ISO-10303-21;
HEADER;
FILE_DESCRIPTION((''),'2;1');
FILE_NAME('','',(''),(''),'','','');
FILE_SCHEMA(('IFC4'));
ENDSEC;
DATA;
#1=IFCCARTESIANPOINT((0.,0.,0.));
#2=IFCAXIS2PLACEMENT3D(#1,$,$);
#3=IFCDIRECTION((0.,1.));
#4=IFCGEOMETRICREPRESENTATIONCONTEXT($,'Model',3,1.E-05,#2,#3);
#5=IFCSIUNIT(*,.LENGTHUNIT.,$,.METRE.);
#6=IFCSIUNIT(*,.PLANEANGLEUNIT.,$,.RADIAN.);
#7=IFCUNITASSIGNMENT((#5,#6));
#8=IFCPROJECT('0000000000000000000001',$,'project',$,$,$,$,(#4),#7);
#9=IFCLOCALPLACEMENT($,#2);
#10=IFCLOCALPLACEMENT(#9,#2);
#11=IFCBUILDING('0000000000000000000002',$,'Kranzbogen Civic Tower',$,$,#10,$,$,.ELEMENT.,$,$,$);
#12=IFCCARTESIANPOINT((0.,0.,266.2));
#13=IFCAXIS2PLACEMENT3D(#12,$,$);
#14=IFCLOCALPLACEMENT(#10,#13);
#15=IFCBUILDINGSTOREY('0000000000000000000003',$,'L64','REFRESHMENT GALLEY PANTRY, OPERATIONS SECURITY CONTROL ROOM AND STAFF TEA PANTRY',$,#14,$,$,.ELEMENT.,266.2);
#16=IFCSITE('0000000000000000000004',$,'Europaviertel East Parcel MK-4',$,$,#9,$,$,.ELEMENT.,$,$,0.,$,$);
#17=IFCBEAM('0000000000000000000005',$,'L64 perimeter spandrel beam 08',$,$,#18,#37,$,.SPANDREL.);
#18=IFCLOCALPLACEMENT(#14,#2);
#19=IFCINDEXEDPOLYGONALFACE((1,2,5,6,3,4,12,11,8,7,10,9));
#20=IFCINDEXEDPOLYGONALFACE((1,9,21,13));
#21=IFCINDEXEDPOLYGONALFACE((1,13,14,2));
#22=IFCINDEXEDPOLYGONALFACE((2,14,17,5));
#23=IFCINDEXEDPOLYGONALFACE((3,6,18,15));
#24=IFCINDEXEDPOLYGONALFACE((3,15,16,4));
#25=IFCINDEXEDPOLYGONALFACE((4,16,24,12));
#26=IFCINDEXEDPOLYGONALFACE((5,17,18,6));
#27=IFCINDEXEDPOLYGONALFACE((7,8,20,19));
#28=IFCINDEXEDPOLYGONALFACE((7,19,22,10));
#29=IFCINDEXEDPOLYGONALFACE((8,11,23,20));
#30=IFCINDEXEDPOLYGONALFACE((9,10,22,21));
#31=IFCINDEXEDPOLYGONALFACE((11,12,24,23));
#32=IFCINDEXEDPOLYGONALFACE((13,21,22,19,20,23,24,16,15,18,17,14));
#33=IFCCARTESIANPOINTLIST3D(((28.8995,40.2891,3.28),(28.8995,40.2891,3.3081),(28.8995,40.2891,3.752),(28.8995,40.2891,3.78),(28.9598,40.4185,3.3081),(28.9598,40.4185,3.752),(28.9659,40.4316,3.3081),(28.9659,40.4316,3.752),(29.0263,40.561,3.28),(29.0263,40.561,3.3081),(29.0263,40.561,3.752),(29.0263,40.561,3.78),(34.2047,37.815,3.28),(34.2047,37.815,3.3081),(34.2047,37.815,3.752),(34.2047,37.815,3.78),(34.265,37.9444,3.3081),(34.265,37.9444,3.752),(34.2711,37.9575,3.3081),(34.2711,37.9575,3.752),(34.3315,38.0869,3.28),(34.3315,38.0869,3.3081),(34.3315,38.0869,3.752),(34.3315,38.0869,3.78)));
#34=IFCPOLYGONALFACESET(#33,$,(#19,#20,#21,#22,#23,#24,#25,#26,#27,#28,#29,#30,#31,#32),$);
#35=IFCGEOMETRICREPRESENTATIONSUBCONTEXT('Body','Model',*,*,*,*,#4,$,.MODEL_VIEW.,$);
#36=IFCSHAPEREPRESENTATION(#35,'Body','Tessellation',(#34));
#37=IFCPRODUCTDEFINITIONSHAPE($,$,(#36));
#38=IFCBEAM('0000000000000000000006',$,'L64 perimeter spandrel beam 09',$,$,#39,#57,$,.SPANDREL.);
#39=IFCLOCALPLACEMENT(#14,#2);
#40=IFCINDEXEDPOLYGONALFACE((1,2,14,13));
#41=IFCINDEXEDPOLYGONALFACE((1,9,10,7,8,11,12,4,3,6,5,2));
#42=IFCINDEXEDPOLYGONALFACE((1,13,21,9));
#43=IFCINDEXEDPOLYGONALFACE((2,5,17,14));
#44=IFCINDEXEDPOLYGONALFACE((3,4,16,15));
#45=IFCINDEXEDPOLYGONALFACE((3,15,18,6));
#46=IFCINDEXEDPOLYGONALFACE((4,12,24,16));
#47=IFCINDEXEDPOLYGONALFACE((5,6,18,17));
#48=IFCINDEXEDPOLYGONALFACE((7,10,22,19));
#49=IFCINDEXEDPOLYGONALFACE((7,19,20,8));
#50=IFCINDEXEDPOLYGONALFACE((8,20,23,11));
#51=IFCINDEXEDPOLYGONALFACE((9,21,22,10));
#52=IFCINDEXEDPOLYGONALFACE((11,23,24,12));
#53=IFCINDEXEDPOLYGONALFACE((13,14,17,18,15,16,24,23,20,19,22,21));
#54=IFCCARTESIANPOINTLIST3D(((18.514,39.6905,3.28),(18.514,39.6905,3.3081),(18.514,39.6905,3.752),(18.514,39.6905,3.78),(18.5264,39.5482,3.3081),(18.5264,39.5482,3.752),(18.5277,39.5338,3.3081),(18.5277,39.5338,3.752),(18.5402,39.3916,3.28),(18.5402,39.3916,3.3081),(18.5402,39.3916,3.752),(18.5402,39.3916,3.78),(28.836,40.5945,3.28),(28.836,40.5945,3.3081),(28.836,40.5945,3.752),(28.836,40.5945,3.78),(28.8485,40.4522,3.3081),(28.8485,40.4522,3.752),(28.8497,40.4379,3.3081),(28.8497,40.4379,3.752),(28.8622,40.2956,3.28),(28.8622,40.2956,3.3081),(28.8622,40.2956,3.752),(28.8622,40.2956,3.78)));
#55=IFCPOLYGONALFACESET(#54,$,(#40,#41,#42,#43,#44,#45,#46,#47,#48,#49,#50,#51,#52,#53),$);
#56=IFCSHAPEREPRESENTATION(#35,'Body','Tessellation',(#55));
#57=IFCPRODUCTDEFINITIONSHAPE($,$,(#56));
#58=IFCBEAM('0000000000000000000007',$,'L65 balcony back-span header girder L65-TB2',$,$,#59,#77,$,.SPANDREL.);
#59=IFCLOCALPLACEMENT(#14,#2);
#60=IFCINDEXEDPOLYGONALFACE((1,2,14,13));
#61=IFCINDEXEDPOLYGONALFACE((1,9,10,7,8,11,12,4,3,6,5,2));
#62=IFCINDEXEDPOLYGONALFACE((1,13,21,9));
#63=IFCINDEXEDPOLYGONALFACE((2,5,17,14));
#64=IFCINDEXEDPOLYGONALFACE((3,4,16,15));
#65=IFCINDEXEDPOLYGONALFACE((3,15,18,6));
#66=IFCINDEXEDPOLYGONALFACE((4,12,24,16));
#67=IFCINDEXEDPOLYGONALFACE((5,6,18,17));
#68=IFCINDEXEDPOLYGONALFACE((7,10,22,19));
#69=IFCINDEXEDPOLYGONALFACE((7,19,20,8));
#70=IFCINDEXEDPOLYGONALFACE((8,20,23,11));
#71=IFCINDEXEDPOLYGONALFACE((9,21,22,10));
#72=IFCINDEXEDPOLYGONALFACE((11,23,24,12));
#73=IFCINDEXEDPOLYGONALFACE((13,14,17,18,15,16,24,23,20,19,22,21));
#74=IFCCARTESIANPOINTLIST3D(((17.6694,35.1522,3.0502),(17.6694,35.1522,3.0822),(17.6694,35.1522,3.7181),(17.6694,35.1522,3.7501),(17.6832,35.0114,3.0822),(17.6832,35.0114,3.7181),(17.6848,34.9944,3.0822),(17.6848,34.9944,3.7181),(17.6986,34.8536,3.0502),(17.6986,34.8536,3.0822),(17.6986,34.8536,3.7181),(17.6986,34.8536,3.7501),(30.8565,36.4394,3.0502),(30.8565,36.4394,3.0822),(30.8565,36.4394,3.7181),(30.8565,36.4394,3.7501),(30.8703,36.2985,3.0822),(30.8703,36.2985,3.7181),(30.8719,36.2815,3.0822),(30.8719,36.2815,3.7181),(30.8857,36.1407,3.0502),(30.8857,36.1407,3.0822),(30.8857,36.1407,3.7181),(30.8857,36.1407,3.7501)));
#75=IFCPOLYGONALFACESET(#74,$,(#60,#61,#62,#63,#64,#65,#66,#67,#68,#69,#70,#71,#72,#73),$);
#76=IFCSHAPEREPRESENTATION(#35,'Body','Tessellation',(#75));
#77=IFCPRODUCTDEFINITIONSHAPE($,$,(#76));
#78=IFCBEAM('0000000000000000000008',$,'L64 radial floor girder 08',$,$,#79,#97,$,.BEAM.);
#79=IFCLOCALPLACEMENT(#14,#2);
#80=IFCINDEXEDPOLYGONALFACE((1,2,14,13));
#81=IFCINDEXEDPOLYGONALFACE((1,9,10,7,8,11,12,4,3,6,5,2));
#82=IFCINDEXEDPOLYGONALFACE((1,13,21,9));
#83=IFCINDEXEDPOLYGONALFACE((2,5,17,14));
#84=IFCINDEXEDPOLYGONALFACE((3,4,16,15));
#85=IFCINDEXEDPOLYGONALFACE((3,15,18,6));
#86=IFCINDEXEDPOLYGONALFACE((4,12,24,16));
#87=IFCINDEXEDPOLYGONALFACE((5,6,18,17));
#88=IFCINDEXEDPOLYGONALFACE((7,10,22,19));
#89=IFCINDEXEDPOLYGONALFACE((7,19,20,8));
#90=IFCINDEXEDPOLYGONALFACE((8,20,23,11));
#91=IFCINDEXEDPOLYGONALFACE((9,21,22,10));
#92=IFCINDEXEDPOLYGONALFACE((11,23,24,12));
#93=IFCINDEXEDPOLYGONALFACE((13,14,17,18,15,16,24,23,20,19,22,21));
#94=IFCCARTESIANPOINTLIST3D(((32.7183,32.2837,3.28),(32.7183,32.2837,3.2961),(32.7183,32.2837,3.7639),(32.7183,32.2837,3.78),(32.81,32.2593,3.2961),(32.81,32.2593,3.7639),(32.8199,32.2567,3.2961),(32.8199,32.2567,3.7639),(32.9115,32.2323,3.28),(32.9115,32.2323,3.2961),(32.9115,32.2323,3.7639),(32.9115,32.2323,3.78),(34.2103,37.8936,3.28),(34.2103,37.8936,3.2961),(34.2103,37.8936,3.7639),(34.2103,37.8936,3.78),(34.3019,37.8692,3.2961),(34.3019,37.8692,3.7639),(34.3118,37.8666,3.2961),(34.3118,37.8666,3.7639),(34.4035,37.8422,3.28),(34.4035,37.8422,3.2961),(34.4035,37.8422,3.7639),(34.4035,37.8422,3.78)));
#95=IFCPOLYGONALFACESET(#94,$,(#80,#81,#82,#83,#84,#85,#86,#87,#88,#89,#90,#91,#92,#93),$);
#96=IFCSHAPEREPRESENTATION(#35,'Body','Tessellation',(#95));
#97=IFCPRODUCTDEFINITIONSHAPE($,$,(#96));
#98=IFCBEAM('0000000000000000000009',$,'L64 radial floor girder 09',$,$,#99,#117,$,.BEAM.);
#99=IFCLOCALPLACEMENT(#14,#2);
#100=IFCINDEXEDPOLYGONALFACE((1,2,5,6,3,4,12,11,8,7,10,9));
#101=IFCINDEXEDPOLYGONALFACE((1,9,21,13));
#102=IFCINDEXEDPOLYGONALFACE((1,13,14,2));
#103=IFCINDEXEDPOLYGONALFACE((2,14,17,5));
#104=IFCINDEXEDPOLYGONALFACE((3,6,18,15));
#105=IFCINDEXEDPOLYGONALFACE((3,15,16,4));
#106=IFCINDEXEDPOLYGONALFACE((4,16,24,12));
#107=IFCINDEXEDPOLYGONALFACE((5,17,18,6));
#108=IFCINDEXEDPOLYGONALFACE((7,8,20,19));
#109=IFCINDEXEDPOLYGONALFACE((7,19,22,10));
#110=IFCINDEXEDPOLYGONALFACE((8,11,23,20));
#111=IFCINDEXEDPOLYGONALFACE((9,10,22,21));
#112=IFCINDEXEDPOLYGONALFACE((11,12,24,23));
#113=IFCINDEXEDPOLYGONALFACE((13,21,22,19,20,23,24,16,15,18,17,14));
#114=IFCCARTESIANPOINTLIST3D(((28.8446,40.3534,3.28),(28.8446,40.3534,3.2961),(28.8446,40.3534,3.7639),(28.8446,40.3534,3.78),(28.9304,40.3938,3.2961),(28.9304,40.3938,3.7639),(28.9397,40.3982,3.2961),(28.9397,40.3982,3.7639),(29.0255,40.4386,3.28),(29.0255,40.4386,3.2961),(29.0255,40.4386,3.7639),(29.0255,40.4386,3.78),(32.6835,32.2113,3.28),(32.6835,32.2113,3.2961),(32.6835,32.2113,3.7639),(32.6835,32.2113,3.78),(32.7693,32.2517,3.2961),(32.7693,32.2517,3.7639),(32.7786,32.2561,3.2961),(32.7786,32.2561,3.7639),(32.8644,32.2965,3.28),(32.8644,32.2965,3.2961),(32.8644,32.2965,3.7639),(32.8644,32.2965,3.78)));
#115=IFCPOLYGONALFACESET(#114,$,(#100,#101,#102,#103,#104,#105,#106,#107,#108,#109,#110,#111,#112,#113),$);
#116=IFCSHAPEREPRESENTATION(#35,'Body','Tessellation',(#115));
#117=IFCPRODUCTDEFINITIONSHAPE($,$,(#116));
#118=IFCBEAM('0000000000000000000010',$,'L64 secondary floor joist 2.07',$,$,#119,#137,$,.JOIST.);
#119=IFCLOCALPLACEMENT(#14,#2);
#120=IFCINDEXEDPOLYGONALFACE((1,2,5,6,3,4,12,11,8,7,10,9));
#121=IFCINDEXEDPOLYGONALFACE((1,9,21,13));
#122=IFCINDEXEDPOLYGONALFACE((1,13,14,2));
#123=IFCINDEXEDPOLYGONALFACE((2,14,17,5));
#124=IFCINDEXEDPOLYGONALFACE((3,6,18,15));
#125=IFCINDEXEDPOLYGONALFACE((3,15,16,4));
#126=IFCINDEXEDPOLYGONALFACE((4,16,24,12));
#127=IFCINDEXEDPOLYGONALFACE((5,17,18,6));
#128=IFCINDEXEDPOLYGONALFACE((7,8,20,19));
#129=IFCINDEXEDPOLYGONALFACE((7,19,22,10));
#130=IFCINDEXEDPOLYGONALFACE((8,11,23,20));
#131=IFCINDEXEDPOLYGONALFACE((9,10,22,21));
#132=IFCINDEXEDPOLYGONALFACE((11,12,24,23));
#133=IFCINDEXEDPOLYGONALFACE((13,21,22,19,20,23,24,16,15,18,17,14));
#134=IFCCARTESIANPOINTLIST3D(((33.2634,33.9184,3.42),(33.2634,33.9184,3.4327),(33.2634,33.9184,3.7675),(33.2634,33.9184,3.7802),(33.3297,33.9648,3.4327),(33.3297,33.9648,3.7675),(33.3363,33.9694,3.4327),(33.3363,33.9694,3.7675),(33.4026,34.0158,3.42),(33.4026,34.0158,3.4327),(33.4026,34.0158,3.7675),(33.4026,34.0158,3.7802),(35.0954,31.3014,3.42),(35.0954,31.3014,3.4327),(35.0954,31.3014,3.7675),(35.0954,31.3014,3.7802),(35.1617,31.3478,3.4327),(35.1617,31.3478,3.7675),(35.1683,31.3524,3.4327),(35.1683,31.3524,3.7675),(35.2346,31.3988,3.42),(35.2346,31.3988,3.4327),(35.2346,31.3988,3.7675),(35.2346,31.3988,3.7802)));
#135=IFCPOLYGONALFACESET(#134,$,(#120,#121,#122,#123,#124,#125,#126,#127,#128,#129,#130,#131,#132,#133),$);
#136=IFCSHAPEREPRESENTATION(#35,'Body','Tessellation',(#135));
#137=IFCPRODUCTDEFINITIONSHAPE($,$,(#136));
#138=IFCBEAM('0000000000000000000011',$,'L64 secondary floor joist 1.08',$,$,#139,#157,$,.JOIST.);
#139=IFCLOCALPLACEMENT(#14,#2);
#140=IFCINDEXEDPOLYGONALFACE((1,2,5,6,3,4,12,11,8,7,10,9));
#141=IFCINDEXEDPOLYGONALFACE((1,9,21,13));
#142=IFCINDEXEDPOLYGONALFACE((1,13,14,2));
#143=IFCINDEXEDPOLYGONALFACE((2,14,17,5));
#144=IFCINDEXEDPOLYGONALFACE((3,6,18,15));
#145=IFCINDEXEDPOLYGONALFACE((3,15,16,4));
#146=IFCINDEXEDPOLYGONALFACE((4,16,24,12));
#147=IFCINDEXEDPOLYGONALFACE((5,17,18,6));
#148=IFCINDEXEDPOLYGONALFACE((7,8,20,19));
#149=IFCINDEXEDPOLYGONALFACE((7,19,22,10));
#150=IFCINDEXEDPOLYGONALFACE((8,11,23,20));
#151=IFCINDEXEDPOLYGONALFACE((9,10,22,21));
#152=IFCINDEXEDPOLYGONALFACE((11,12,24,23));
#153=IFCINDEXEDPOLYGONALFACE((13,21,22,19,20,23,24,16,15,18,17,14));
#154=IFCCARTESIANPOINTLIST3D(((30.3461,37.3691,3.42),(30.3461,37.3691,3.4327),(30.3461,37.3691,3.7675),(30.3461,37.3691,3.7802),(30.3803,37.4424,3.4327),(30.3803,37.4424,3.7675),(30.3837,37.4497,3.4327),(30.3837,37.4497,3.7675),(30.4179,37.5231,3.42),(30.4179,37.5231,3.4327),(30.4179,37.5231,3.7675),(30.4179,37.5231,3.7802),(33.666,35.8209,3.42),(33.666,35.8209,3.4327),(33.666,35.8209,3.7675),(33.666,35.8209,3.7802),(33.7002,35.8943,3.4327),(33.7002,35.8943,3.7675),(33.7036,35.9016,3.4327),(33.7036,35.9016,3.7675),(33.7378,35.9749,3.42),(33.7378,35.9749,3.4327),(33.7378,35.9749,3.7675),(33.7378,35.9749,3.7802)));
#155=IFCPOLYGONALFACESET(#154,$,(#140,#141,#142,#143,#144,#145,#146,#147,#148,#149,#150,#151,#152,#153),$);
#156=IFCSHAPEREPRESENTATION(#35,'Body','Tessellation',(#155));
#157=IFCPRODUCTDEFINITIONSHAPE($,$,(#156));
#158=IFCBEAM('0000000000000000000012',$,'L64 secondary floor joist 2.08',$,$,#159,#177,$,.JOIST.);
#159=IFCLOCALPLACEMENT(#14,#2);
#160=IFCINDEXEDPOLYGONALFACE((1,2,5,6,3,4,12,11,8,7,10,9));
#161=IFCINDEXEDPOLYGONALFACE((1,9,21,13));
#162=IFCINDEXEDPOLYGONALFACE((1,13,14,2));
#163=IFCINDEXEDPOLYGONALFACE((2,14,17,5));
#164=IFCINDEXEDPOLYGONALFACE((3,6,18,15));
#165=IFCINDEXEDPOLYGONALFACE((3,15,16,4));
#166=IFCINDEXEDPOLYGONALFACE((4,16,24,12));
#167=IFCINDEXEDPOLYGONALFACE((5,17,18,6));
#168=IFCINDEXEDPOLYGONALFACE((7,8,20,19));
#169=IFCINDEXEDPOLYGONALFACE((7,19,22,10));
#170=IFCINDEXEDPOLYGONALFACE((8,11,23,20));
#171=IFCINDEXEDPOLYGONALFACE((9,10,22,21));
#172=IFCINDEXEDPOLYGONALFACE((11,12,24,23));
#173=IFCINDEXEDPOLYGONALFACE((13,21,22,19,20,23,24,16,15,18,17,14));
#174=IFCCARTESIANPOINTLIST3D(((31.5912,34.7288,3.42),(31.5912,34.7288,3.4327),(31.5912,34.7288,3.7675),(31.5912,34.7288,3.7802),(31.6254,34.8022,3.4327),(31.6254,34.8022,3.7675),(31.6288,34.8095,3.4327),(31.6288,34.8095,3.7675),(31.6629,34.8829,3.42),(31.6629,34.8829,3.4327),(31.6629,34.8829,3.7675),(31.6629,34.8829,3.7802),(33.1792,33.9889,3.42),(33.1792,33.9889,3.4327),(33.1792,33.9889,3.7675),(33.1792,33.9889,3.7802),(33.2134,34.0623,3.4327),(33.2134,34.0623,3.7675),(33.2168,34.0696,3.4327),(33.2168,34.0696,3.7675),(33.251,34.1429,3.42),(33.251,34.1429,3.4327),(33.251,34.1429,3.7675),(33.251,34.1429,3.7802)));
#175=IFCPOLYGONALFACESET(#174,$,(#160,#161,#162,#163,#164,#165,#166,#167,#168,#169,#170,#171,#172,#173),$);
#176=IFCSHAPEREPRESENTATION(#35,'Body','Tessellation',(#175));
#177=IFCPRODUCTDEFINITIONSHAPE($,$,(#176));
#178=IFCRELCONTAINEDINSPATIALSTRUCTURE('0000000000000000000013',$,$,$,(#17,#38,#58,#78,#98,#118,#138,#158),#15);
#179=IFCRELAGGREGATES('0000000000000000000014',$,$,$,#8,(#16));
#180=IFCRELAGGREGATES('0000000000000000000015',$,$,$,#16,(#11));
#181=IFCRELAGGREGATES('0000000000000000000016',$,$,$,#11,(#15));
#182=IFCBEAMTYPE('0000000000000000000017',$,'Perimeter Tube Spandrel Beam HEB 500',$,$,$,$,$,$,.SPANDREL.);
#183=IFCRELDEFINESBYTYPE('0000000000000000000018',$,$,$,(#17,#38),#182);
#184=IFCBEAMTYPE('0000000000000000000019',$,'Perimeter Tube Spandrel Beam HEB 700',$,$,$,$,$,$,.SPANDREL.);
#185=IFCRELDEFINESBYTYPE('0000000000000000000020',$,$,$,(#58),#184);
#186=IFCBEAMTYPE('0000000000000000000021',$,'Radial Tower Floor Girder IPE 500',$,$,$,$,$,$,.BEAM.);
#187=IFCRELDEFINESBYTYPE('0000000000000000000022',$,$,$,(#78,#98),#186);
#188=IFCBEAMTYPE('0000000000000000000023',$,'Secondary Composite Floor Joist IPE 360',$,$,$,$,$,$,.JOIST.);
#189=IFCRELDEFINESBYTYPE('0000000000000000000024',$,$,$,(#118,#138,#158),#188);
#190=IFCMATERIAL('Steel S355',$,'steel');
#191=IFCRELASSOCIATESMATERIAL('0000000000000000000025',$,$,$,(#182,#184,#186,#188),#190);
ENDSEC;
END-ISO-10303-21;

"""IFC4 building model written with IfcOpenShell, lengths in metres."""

from ifc_helpers import new_model, si_unit, direction, frame, origin, origin_2d, place, context, subcontext, project, spatial, i_section, extrude, material, material_profile, profile_set, type_object, element, save


model = new_model("IFC4")

# Units and contexts
model_context = context("Model", 3, precision=1e-05, world=origin(), true_north=direction((0.0, 1.0)))
body_context = subcontext(model_context, "Body", "Model", "MODEL_VIEW")
ifc_project = project(units=[si_unit("LENGTHUNIT", "METRE"), si_unit("PLANEANGLEUNIT", "RADIAN")], contexts=[model_context])

# Site, building, storey
site_placement = place(None, origin())
site = spatial("IfcSite", under=ifc_project, at=site_placement, Name="Europaviertel East Parcel MK-4", CompositionType="ELEMENT", RefElevation=0.0)
building_placement = place(site_placement, origin())
building = spatial("IfcBuilding", under=site, at=building_placement, Name="Kranzbogen Civic Tower", CompositionType="ELEMENT")
storey_placement = place(building_placement, frame((0.0, 0.0, 266.2)))
storey = spatial("IfcBuildingStorey", under=building, at=storey_placement, Name="L64", Description="REFRESHMENT GALLEY PANTRY, OPERATIONS SECURITY CONTROL ROOM AND STAFF TEA PANTRY", CompositionType="ELEMENT", Elevation=266.2)

# Shared definitions
ifc_material_1 = material(Name="Steel S355", Category="steel")

# Beams
ifc_material_profile_1 = material_profile(ifc_material_1, i_section(OverallWidth=0.3, OverallDepth=0.5, WebThickness=0.0144, FlangeThickness=0.0281, at=origin_2d()), Name="HEB 500")
ifc_profile_set_1 = profile_set([ifc_material_profile_1], Name="Steel S355")
beam_type_1 = type_object("IfcBeamType", Name="Perimeter Tube Spandrel Beam HEB 500", PredefinedType="SPANDREL", material=ifc_profile_set_1)
beam_1_placement = place(storey_placement, frame((34.2681, 37.9509, 3.53), z_axis=(-0.90629, 0.422657, 0.0), x_axis=(-0.422657, -0.90629, 0.0)))
element("IfcBeam", 1, at=beam_1_placement, inside=storey, type_object=beam_type_1, Name="L64 perimeter spandrel beam 08", PredefinedType="SPANDREL", context=body_context, shape_type="SweptSolid", body=[
    extrude(i_section(OverallWidth=0.3, OverallDepth=0.5, WebThickness=0.0144, FlangeThickness=0.0281, at=origin_2d()), origin(), (0.0, 0.0, 1.0), 5.8538),
])
beam_2_placement = place(storey_placement, frame((28.8491, 40.4451, 3.53), z_axis=(-0.996186, -0.087251, 0.0), x_axis=(0.087251, -0.996186, 0.0)))
element("IfcBeam", 2, at=beam_2_placement, inside=storey, type_object=beam_type_1, Name="L64 perimeter spandrel beam 09", PredefinedType="SPANDREL", context=body_context, shape_type="SweptSolid", body=[
    extrude(i_section(OverallWidth=0.3, OverallDepth=0.5, WebThickness=0.0144, FlangeThickness=0.0281, at=origin_2d()), origin(), (0.0, 0.0, 1.0), 10.3616),
])
ifc_material_profile_2 = material_profile(ifc_material_1, i_section(OverallWidth=0.3, OverallDepth=0.7, WebThickness=0.0171, FlangeThickness=0.032, at=origin_2d()), Name="HEB 700")
ifc_profile_set_2 = profile_set([ifc_material_profile_2], Name="Steel S355")
beam_type_2 = type_object("IfcBeamType", Name="Perimeter Tube Spandrel Beam HEB 700", PredefinedType="SPANDREL", material=ifc_profile_set_2)
beam_3_placement = place(storey_placement, frame((30.8711, 36.29, 3.4001), z_axis=(-0.99527, -0.097143, 0.0), x_axis=(0.097143, -0.99527, 0.0)))
element("IfcBeam", 3, at=beam_3_placement, inside=storey, type_object=beam_type_2, Name="L65 balcony back-span header girder L65-TB2", PredefinedType="SPANDREL", context=body_context, shape_type="SweptSolid", body=[
    extrude(i_section(OverallWidth=0.3, OverallDepth=0.7, WebThickness=0.0171, FlangeThickness=0.032, at=origin_2d()), origin(), (0.0, 0.0, 1.0), 13.2498),
])
ifc_material_profile_3 = material_profile(ifc_material_1, i_section(OverallWidth=0.2, OverallDepth=0.5, WebThickness=0.0103, FlangeThickness=0.0161, at=origin_2d()), Name="IPE 500")
ifc_profile_set_3 = profile_set([ifc_material_profile_3], Name="Steel S355")
beam_type_3 = type_object("IfcBeamType", Name="Radial Tower Floor Girder IPE 500", PredefinedType="BEAM", material=ifc_profile_set_3)
beam_4_placement = place(storey_placement, frame((34.3069, 37.8679, 3.53), z_axis=(-0.257016, -0.966407, 0.0), x_axis=(0.966407, -0.257016, 0.0)))
element("IfcBeam", 4, at=beam_4_placement, inside=storey, type_object=beam_type_3, Name="L64 radial floor girder 08", PredefinedType="BEAM", context=body_context, shape_type="SweptSolid", body=[
    extrude(i_section(OverallWidth=0.2, OverallDepth=0.5, WebThickness=0.0103, FlangeThickness=0.0161, at=origin_2d()), origin(), (0.0, 0.0, 1.0), 5.8049),
])
beam_5_placement = place(storey_placement, frame((28.9351, 40.396, 3.53), z_axis=(0.42646, -0.904506, 0.0), x_axis=(0.904506, 0.42646, 0.0)))
element("IfcBeam", 5, at=beam_5_placement, inside=storey, type_object=beam_type_3, Name="L64 radial floor girder 09", PredefinedType="BEAM", context=body_context, shape_type="SweptSolid", body=[
    extrude(i_section(OverallWidth=0.2, OverallDepth=0.5, WebThickness=0.0103, FlangeThickness=0.0161, at=origin_2d()), origin(), (0.0, 0.0, 1.0), 9.0017),
])
ifc_material_profile_4 = material_profile(ifc_material_1, i_section(OverallWidth=0.1699, OverallDepth=0.3601, WebThickness=0.0081, FlangeThickness=0.0127, at=origin_2d()), Name="IPE 360")
ifc_profile_set_4 = profile_set([ifc_material_profile_4], Name="Steel S355")
beam_type_4 = type_object("IfcBeamType", Name="Secondary Composite Floor Joist IPE 360", PredefinedType="JOIST", material=ifc_profile_set_4)
beam_6_placement = place(storey_placement, frame((35.165, 31.3501, 3.6001), z_axis=(-0.573498, 0.819207, 0.0), x_axis=(-0.819207, -0.573498, 0.0)))
element("IfcBeam", 6, at=beam_6_placement, inside=storey, type_object=beam_type_4, Name="L64 secondary floor joist 2.07", PredefinedType="JOIST", context=body_context, shape_type="SweptSolid", body=[
    extrude(i_section(OverallWidth=0.1699, OverallDepth=0.3601, WebThickness=0.0081, FlangeThickness=0.0127, at=origin_2d()), origin(), (0.0, 0.0, 1.0), 3.1946),
])
beam_7_placement = place(storey_placement, frame((33.7019, 35.8979, 3.6001), z_axis=(-0.906304, 0.422626, 0.0), x_axis=(-0.422626, -0.906304, 0.0)))
element("IfcBeam", 7, at=beam_7_placement, inside=storey, type_object=beam_type_4, Name="L64 secondary floor joist 1.08", PredefinedType="JOIST", context=body_context, shape_type="SweptSolid", body=[
    extrude(i_section(OverallWidth=0.1699, OverallDepth=0.3601, WebThickness=0.0081, FlangeThickness=0.0127, at=origin_2d()), origin(), (0.0, 0.0, 1.0), 3.6631),
])
beam_8_placement = place(storey_placement, frame((33.2151, 34.0659, 3.6001), z_axis=(-0.906432, 0.422351, 0.0), x_axis=(-0.422351, -0.906432, 0.0)))
element("IfcBeam", 8, at=beam_8_placement, inside=storey, type_object=beam_type_4, Name="L64 secondary floor joist 2.08", PredefinedType="JOIST", context=body_context, shape_type="SweptSolid", body=[
    extrude(i_section(OverallWidth=0.1699, OverallDepth=0.3601, WebThickness=0.0081, FlangeThickness=0.0127, at=origin_2d()), origin(), (0.0, 0.0, 1.0), 1.752),
])

save(model, "model.ifc")
